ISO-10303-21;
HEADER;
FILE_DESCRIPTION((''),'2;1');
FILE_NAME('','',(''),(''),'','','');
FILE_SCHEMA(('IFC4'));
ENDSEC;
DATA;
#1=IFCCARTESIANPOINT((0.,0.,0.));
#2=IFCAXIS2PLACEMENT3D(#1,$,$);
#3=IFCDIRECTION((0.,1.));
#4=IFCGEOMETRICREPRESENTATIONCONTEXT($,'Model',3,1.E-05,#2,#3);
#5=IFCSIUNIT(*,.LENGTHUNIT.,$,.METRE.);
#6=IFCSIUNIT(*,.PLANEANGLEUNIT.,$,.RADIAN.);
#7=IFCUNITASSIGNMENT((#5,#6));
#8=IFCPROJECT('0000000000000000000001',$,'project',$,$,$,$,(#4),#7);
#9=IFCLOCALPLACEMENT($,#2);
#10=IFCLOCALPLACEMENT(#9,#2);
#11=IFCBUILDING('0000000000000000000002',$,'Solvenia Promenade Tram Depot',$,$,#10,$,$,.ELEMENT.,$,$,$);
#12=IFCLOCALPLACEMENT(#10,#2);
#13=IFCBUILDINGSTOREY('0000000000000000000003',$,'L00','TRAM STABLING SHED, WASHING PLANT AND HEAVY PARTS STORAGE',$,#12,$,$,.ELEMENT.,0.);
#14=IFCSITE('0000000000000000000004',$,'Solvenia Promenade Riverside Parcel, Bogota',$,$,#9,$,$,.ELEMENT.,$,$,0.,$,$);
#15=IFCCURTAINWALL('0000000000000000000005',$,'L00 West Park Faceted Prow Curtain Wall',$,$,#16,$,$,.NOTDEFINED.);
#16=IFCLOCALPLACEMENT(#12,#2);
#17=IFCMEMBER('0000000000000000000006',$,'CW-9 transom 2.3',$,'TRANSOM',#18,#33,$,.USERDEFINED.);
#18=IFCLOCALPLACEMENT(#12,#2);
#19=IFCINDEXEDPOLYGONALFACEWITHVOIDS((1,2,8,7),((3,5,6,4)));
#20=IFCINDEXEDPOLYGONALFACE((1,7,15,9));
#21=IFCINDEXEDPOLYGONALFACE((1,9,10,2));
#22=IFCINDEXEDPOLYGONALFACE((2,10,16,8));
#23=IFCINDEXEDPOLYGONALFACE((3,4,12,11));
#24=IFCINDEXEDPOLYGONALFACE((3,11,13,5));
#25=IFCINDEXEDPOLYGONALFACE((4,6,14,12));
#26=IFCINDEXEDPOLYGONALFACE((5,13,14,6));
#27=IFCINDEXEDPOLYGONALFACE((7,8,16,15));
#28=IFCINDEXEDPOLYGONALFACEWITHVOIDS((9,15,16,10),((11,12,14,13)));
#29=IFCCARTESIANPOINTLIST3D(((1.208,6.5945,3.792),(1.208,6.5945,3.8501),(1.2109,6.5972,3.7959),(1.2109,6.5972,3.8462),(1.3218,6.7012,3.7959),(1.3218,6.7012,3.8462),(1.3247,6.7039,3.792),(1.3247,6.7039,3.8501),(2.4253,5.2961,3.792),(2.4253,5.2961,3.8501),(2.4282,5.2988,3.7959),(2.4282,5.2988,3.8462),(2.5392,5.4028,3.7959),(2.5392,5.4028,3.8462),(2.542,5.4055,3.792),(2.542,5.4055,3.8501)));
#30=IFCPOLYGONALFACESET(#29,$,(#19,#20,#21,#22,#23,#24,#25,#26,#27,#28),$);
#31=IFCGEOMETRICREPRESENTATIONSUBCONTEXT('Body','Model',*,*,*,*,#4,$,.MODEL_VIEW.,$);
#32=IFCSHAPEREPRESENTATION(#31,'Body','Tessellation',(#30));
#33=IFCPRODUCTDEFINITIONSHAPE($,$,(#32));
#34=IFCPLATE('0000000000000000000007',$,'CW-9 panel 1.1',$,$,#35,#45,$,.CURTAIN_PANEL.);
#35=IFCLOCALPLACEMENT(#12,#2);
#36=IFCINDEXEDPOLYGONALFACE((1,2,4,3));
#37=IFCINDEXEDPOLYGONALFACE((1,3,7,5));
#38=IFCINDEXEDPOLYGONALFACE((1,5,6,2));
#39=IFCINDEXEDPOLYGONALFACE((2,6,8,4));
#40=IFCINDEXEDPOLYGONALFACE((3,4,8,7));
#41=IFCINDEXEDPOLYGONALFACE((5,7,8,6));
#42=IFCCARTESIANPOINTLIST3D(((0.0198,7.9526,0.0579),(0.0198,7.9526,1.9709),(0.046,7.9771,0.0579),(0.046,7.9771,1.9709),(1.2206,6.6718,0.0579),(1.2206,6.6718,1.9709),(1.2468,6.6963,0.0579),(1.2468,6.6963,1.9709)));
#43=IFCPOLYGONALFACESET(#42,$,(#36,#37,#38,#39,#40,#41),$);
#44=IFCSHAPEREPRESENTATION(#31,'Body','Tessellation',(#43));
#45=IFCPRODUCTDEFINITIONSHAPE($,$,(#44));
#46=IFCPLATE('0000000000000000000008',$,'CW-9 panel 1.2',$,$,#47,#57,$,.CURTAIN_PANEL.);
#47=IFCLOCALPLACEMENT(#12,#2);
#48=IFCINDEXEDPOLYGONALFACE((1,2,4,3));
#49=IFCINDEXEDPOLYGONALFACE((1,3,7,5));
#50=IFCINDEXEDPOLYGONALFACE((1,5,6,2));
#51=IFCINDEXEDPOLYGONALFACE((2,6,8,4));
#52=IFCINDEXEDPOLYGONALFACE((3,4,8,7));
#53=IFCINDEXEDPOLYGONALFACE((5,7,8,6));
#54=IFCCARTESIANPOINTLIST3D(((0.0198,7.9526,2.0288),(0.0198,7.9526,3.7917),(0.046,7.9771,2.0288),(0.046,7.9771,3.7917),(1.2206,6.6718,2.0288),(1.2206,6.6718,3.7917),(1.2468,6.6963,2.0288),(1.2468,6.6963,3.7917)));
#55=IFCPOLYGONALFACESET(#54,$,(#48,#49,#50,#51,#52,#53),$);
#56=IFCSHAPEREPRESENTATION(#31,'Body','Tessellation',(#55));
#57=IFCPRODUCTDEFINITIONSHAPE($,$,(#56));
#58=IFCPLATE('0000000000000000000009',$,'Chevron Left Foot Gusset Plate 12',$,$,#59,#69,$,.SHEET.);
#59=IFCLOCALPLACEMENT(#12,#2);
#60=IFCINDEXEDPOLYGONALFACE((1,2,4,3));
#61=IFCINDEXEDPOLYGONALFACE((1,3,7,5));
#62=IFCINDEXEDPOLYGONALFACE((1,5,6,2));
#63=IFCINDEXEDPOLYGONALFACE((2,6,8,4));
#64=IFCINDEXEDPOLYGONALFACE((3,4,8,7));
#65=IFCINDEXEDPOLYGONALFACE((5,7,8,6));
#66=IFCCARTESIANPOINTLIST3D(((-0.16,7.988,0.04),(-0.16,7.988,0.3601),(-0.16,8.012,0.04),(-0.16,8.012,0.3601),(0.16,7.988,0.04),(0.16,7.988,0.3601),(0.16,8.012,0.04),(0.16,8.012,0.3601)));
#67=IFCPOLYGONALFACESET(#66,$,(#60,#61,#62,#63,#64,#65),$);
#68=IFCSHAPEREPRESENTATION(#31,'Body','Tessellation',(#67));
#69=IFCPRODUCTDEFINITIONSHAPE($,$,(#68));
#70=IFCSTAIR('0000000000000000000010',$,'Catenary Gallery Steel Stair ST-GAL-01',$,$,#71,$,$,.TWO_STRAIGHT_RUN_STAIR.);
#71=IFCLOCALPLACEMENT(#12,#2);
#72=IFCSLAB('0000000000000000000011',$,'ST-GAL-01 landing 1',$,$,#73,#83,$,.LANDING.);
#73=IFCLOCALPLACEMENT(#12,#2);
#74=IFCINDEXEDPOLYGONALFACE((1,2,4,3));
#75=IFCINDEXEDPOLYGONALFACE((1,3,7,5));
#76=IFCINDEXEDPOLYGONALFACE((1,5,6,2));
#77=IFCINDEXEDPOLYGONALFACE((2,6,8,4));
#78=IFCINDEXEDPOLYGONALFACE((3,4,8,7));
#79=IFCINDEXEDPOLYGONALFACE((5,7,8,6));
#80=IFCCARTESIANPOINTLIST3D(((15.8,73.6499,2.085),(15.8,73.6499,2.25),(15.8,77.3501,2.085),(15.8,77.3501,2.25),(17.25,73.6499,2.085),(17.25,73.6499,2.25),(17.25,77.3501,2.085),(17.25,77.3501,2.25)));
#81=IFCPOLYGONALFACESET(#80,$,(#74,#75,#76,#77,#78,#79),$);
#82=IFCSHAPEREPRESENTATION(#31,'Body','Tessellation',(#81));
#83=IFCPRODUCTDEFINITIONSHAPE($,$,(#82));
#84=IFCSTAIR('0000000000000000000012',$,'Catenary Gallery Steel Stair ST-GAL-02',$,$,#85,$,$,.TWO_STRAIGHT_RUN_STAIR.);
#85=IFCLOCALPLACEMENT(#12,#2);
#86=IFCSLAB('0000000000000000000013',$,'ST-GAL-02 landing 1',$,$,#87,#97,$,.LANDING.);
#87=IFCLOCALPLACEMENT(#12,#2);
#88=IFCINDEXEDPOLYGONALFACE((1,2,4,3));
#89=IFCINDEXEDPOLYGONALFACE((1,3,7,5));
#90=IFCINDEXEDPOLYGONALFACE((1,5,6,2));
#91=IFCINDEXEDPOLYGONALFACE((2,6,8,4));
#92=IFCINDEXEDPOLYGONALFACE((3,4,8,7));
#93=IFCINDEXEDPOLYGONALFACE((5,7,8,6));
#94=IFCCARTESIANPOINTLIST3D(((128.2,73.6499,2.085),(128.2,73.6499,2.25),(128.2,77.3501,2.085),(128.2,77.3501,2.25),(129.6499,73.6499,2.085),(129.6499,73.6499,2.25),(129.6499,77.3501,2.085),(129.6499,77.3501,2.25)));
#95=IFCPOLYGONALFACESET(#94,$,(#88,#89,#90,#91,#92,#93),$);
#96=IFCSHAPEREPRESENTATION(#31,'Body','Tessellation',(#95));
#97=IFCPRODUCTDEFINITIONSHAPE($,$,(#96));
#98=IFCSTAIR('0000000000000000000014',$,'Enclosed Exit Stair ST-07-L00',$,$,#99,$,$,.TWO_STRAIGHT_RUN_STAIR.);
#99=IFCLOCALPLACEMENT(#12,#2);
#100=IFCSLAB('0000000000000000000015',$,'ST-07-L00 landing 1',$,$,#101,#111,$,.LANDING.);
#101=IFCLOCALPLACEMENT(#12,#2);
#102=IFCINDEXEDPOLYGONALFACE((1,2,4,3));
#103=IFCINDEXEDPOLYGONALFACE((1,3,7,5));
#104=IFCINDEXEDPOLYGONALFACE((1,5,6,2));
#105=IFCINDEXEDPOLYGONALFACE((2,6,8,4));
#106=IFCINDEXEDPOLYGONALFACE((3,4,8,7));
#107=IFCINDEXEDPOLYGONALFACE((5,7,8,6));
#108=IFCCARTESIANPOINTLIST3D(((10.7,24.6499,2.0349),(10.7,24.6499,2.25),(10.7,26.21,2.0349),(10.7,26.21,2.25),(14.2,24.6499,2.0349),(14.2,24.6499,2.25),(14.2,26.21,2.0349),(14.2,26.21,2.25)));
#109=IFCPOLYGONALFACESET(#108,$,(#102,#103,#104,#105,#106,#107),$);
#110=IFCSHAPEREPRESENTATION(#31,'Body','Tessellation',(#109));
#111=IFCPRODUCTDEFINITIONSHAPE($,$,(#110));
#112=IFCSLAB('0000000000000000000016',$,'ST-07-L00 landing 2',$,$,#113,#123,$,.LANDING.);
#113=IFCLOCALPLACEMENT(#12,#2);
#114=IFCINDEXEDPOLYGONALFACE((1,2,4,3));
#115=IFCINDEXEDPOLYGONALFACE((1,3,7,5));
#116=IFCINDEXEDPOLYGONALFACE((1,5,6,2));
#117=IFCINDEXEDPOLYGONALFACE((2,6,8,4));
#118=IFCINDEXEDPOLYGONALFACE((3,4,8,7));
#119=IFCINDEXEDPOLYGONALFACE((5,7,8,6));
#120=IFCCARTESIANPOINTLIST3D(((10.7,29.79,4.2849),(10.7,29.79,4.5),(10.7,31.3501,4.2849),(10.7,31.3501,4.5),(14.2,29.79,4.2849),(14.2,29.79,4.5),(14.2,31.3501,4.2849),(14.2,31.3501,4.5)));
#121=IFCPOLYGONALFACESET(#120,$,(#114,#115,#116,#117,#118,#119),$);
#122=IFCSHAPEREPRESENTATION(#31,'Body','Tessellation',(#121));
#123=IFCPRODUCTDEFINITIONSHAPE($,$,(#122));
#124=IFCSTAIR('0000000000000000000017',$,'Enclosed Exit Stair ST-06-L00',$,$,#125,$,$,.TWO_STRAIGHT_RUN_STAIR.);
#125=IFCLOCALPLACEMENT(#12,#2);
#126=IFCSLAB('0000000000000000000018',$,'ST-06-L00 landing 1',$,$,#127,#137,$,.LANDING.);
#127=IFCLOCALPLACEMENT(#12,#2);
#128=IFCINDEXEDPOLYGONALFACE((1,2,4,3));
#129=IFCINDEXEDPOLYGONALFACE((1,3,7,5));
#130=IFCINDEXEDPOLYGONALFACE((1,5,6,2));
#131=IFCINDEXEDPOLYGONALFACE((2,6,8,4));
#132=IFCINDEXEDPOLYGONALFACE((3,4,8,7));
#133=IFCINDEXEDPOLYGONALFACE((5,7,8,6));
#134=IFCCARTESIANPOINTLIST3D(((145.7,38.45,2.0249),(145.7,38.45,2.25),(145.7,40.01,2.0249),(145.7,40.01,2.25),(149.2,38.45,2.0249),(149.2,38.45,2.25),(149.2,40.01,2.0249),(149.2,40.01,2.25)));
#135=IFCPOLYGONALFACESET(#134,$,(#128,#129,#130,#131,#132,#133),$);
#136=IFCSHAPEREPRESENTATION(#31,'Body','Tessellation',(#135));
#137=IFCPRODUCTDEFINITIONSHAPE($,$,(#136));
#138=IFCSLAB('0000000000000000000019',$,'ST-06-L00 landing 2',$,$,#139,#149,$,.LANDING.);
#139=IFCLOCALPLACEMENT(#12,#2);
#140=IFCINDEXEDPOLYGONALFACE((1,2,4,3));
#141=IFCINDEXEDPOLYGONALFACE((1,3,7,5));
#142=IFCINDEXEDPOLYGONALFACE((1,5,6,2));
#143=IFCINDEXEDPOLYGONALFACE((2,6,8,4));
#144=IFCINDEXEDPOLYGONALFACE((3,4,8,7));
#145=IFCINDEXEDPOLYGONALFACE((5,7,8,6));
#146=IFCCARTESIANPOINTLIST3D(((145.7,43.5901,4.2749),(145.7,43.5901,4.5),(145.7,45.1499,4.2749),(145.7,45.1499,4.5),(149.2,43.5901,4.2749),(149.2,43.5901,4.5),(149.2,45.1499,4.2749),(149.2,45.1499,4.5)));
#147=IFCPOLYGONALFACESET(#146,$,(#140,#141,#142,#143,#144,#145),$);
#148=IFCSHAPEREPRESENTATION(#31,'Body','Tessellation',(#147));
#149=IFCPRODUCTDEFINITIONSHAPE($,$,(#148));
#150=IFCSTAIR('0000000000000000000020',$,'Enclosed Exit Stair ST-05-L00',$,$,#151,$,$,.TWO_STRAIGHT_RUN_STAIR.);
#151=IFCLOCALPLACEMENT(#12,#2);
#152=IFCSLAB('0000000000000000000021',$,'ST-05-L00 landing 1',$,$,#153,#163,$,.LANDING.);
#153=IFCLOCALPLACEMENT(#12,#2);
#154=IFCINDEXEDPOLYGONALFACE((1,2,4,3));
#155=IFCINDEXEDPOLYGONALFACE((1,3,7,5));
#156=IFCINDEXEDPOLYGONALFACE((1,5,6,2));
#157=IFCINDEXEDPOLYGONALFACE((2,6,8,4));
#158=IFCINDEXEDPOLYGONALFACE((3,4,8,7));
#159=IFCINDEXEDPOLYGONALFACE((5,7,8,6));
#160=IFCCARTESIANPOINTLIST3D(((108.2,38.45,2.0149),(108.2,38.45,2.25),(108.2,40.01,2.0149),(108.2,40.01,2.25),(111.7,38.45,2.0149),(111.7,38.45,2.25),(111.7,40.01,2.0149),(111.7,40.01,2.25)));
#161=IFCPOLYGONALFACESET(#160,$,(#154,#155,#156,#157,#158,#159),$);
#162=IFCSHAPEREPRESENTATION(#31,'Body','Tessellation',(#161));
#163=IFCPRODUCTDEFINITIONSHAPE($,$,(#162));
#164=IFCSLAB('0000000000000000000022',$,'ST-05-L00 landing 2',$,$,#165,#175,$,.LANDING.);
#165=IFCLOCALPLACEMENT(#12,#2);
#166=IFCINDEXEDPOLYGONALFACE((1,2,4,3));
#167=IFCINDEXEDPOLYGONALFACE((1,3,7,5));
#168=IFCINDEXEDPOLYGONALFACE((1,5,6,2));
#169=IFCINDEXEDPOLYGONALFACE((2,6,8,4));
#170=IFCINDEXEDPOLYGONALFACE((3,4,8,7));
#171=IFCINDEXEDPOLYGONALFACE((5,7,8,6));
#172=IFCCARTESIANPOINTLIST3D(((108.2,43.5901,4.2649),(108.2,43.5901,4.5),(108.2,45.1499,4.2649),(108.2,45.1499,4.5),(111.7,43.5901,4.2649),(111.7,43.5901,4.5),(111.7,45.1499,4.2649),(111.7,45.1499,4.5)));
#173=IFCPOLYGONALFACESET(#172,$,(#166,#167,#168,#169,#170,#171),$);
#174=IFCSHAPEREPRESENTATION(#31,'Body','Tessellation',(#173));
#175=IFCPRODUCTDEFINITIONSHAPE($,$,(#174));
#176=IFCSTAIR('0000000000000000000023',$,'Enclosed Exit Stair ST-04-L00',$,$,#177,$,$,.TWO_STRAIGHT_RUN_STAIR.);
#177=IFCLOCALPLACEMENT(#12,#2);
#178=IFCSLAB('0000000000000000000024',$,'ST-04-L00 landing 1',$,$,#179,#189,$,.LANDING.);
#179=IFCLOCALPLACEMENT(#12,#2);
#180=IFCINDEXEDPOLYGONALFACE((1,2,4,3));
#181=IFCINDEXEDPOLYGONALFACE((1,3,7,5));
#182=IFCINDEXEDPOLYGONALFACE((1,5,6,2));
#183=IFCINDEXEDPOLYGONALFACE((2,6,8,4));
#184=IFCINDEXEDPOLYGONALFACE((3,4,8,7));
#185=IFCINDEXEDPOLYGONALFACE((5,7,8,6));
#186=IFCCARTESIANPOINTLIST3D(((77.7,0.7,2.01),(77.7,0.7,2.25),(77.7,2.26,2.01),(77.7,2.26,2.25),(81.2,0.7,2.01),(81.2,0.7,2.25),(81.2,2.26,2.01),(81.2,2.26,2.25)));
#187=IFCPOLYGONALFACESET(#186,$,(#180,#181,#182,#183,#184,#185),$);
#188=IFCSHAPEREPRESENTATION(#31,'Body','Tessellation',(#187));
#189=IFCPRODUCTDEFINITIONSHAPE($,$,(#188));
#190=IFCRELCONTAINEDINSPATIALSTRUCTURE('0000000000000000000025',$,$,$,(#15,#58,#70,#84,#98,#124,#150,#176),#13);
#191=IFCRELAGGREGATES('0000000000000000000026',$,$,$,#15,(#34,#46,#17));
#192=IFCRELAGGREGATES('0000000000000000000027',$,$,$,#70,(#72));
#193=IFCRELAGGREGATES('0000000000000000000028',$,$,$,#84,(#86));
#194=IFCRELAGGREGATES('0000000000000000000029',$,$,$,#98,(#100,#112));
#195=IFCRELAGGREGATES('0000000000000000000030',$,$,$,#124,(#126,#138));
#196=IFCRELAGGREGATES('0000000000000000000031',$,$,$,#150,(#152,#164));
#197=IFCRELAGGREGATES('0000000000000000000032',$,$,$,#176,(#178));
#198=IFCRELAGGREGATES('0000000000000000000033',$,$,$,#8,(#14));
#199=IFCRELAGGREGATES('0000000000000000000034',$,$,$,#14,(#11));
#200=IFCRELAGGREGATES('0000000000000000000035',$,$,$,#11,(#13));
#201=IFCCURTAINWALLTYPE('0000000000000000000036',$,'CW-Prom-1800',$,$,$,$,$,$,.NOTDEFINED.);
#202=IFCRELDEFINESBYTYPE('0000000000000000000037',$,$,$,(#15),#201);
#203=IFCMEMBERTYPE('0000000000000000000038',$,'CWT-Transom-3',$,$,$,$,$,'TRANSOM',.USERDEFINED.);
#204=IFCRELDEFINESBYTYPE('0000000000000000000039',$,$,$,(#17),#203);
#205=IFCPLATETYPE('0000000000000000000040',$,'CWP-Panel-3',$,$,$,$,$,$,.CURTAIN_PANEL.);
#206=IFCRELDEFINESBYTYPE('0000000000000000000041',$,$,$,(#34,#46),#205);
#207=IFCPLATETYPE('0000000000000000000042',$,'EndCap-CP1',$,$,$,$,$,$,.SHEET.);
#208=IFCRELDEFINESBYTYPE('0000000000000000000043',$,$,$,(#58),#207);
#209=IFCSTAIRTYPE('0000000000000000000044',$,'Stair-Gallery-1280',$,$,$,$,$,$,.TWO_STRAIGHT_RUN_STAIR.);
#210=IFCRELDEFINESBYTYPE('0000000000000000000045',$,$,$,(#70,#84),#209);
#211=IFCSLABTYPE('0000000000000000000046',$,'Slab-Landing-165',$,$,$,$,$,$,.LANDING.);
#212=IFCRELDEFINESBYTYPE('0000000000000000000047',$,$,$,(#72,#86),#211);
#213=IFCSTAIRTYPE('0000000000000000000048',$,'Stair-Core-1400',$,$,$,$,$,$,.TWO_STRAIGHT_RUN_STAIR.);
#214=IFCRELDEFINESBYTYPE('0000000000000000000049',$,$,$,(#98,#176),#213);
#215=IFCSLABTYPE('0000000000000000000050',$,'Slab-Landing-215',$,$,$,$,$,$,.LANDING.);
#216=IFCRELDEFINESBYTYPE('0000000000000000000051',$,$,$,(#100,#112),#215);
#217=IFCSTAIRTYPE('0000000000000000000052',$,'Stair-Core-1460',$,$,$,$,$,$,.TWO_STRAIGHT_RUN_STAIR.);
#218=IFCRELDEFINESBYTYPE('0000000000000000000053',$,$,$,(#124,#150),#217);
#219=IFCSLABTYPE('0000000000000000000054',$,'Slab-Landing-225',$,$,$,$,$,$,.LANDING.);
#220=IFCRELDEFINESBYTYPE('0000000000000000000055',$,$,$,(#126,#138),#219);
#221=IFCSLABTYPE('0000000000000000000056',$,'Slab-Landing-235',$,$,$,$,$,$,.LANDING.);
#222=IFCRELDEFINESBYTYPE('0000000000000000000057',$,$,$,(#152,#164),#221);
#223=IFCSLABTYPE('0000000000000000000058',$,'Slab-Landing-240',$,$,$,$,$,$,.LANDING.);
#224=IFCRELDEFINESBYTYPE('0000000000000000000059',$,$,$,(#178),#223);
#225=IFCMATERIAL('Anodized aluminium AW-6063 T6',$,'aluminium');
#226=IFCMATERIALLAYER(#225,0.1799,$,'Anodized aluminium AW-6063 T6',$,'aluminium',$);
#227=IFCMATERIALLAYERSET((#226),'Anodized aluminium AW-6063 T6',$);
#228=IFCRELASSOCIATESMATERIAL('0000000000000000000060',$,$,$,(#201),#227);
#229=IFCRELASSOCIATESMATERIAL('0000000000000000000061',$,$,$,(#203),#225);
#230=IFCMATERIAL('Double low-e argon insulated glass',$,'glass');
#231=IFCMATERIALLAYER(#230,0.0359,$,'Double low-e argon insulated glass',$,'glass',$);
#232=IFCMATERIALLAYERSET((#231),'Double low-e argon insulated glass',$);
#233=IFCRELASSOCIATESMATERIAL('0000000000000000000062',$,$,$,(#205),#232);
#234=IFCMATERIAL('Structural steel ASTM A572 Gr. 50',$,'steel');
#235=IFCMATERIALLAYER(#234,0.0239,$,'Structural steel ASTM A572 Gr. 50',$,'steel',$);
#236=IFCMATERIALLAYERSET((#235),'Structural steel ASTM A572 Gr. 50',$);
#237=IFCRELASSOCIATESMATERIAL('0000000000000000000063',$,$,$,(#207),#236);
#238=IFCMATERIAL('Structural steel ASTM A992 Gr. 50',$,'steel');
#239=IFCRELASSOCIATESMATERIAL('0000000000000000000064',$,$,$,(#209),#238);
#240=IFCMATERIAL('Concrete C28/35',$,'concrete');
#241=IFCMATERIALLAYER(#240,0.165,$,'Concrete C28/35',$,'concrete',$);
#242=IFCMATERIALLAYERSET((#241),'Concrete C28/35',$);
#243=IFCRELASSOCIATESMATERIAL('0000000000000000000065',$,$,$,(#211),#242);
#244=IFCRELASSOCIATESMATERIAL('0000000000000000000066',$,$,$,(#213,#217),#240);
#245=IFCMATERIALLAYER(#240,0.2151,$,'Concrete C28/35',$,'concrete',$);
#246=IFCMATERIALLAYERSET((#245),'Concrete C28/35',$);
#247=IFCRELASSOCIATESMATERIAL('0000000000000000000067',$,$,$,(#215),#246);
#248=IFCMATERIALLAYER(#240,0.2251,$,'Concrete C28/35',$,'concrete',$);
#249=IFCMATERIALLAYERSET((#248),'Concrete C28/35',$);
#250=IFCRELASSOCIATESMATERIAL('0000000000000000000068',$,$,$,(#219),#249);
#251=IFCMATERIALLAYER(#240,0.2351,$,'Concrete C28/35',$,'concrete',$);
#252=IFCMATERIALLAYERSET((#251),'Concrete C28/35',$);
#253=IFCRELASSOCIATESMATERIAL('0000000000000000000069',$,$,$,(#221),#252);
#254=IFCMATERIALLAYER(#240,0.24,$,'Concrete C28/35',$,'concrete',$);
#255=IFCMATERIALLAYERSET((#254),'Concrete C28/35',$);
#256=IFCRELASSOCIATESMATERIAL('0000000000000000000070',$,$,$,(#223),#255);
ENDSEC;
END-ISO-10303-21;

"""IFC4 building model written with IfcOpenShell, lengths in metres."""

from ifc_helpers import new_model, si_unit, direction, frame, origin, origin_2d, place, context, subcontext, project, spatial, polyline, rectangle, hollow_rectangle, outline, extrude, material, layer, layer_set, material_profile, profile_set, type_object, element, aggregate, save


model = new_model("IFC4")

# Units and contexts
model_context = context("Model", 3, precision=1e-05, world=origin(), true_north=direction((0.0, 1.0)))
body_context = subcontext(model_context, "Body", "Model", "MODEL_VIEW")
ifc_project = project(units=[si_unit("LENGTHUNIT", "METRE"), si_unit("PLANEANGLEUNIT", "RADIAN")], contexts=[model_context])

# Site, building, storey
site_placement = place(None, origin())
site = spatial("IfcSite", under=ifc_project, at=site_placement, Name="Solvenia Promenade Riverside Parcel, Bogota", CompositionType="ELEMENT", RefElevation=0.0)
building_placement = place(site_placement, origin())
building = spatial("IfcBuilding", under=site, at=building_placement, Name="Solvenia Promenade Tram Depot", CompositionType="ELEMENT")
storey_placement = place(building_placement, origin())
storey = spatial("IfcBuildingStorey", under=building, at=storey_placement, Name="L00", Description="TRAM STABLING SHED, WASHING PLANT AND HEAVY PARTS STORAGE", CompositionType="ELEMENT", Elevation=0.0)

# Shared definitions
ifc_material_1 = material(Name="Concrete C28/35", Category="concrete")

# Shared definitions
ifc_material_2 = material(Name="Structural steel ASTM A992 Gr. 50", Category="steel")

# Curtain wall, member, plates
ifc_material_3 = material(Name="Anodized aluminium AW-6063 T6", Category="aluminium")
ifc_layer_1 = layer(ifc_material_3, 0.1799, Name="Anodized aluminium AW-6063 T6", Category="aluminium")
ifc_layer_set_1 = layer_set([ifc_layer_1], Name="Anodized aluminium AW-6063 T6")
curtain_wall_type = type_object("IfcCurtainWallType", Name="CW-Prom-1800", PredefinedType="NOTDEFINED", material=ifc_layer_set_1)
curtain_wall_placement = place(storey_placement, origin())
curtain_wall = element("IfcCurtainWall", 1, at=curtain_wall_placement, inside=storey, type_object=curtain_wall_type, Name="L00 West Park Faceted Prow Curtain Wall", PredefinedType="NOTDEFINED")
ifc_material_profile_1 = material_profile(ifc_material_3, hollow_rectangle(XDim=0.1599, YDim=0.0581, WallThickness=0.0039, at=origin_2d()), Name="ALU-T3", Category="aluminium")
ifc_profile_set_1 = profile_set([ifc_material_profile_1], Name="Anodized aluminium AW-6063 T6")
member_type_1 = type_object("IfcMemberType", Name="CWT-Transom-3", ElementType="TRANSOM", PredefinedType="USERDEFINED", material=ifc_profile_set_1)
member_1_placement = place(storey_placement, frame((1.2664, 6.6492, 3.821), z_axis=(0.683969, -0.729512, 0.0), x_axis=(0.729512, 0.683969, 0.0)))
member_1 = element("IfcMember", 2, at=member_1_placement, type_object=member_type_1, Name="CW-9 transom 2.3", ObjectType="TRANSOM", PredefinedType="USERDEFINED", context=body_context, shape_type="SweptSolid", body=[
    extrude(hollow_rectangle(XDim=0.1599, YDim=0.0581, WallThickness=0.0039, at=origin_2d()), origin(), (0.0, 0.0, 1.0), 1.7798),
])
ifc_material_4 = material(Name="Double low-e argon insulated glass", Category="glass")
ifc_layer_2 = layer(ifc_material_4, 0.0359, Name="Double low-e argon insulated glass", Category="glass")
ifc_layer_set_2 = layer_set([ifc_layer_2], Name="Double low-e argon insulated glass")
plate_type_1 = type_object("IfcPlateType", Name="CWP-Panel-3", PredefinedType="CURTAIN_PANEL", material=ifc_layer_set_2)
plate_1_placement = place(storey_placement, frame((0.6333, 7.3245, 0.0579), z_axis=(0.0, 0.0, 1.0), x_axis=(0.683941, -0.729537, 0.0)))
plate_1 = element("IfcPlate", 3, at=plate_1_placement, type_object=plate_type_1, Name="CW-9 panel 1.1", PredefinedType="CURTAIN_PANEL", context=body_context, shape_type="SweptSolid", body=[
    extrude(rectangle(XDim=1.7556, YDim=0.0359, at=origin_2d()), origin(), (0.0, 0.0, 1.0), 1.9131),
])
plate_2_placement = place(storey_placement, frame((0.6333, 7.3245, 2.0288), z_axis=(0.0, 0.0, 1.0), x_axis=(0.683941, -0.729537, 0.0)))
plate_2 = element("IfcPlate", 4, at=plate_2_placement, type_object=plate_type_1, Name="CW-9 panel 1.2", PredefinedType="CURTAIN_PANEL", context=body_context, shape_type="SweptSolid", body=[
    extrude(rectangle(XDim=1.7556, YDim=0.0359, at=origin_2d()), origin(), (0.0, 0.0, 1.0), 1.7629),
])
aggregate(curtain_wall, [plate_1, plate_2, member_1])

# Plate
ifc_material_5 = material(Name="Structural steel ASTM A572 Gr. 50", Category="steel")
ifc_layer_3 = layer(ifc_material_5, 0.0239, Name="Structural steel ASTM A572 Gr. 50", Category="steel")
ifc_layer_set_3 = layer_set([ifc_layer_3], Name="Structural steel ASTM A572 Gr. 50")
plate_type_2 = type_object("IfcPlateType", Name="EndCap-CP1", PredefinedType="SHEET", material=ifc_layer_set_3)
plate_3_placement = place(storey_placement, frame((0.0, 8.0, 0.04), z_axis=(0.0, 0.0, 1.0), x_axis=(1.0, 0.0, 0.0)))
element("IfcPlate", 5, at=plate_3_placement, inside=storey, type_object=plate_type_2, Name="Chevron Left Foot Gusset Plate 12", PredefinedType="SHEET", context=body_context, shape_type="SweptSolid", body=[
    extrude(rectangle(XDim=0.3201, YDim=0.0239, at=origin_2d()), origin(), (0.0, 0.0, 1.0), 0.3201),
])

# Stairs, slabs
stair_type_1 = type_object("IfcStairType", Name="Stair-Gallery-1280", PredefinedType="TWO_STRAIGHT_RUN_STAIR", material=ifc_material_2)
stair_1_placement = place(storey_placement, origin())
stair_1 = element("IfcStair", 6, at=stair_1_placement, inside=storey, type_object=stair_type_1, Name="Catenary Gallery Steel Stair ST-GAL-01", PredefinedType="TWO_STRAIGHT_RUN_STAIR")
ifc_layer_4 = layer(ifc_material_1, 0.165, Name="Concrete C28/35", Category="concrete")
ifc_layer_set_4 = layer_set([ifc_layer_4], Name="Concrete C28/35")
slab_type_1 = type_object("IfcSlabType", Name="Slab-Landing-165", PredefinedType="LANDING", material=ifc_layer_set_4)
slab_1_placement = place(storey_placement, frame((0.0, 0.0, 2.085)))
slab_1 = element("IfcSlab", 7, at=slab_1_placement, type_object=slab_type_1, Name="ST-GAL-01 landing 1", PredefinedType="LANDING", context=body_context, shape_type="SweptSolid", body=[
    extrude(outline(polyline([(15.8, 73.6499), (17.25, 73.6499), (17.25, 77.3501), (15.8, 77.3501), (15.8, 73.6499)])), origin(), (0.0, 0.0, 1.0), 0.165),
])
aggregate(stair_1, [slab_1])
stair_2_placement = place(storey_placement, origin())
stair_2 = element("IfcStair", 8, at=stair_2_placement, inside=storey, type_object=stair_type_1, Name="Catenary Gallery Steel Stair ST-GAL-02", PredefinedType="TWO_STRAIGHT_RUN_STAIR")
slab_2_placement = place(storey_placement, frame((0.0, 0.0, 2.085)))
slab_2 = element("IfcSlab", 9, at=slab_2_placement, type_object=slab_type_1, Name="ST-GAL-02 landing 1", PredefinedType="LANDING", context=body_context, shape_type="SweptSolid", body=[
    extrude(outline(polyline([(128.2, 73.6499), (129.6499, 73.6499), (129.6499, 77.3501), (128.2, 77.3501), (128.2, 73.6499)])), origin(), (0.0, 0.0, 1.0), 0.165),
])
aggregate(stair_2, [slab_2])

# Stairs, slabs
stair_type_2 = type_object("IfcStairType", Name="Stair-Core-1400", PredefinedType="TWO_STRAIGHT_RUN_STAIR", material=ifc_material_1)
stair_3_placement = place(storey_placement, origin())
stair_3 = element("IfcStair", 10, at=stair_3_placement, inside=storey, type_object=stair_type_2, Name="Enclosed Exit Stair ST-07-L00", PredefinedType="TWO_STRAIGHT_RUN_STAIR")
ifc_layer_5 = layer(ifc_material_1, 0.2151, Name="Concrete C28/35", Category="concrete")
ifc_layer_set_5 = layer_set([ifc_layer_5], Name="Concrete C28/35")
slab_type_2 = type_object("IfcSlabType", Name="Slab-Landing-215", PredefinedType="LANDING", material=ifc_layer_set_5)
slab_3_placement = place(storey_placement, frame((0.0, 0.0, 2.0349)))
slab_3 = element("IfcSlab", 11, at=slab_3_placement, type_object=slab_type_2, Name="ST-07-L00 landing 1", PredefinedType="LANDING", context=body_context, shape_type="SweptSolid", body=[
    extrude(outline(polyline([(10.7, 24.6499), (14.2, 24.6499), (14.2, 26.21), (10.7, 26.21), (10.7, 24.6499)])), origin(), (0.0, 0.0, 1.0), 0.2151),
])
slab_4_placement = place(storey_placement, frame((0.0, 0.0, 4.2849)))
slab_4 = element("IfcSlab", 12, at=slab_4_placement, type_object=slab_type_2, Name="ST-07-L00 landing 2", PredefinedType="LANDING", context=body_context, shape_type="SweptSolid", body=[
    extrude(outline(polyline([(10.7, 29.79), (14.2, 29.79), (14.2, 31.3501), (10.7, 31.3501), (10.7, 29.79)])), origin(), (0.0, 0.0, 1.0), 0.2151),
])
aggregate(stair_3, [slab_3, slab_4])
stair_type_3 = type_object("IfcStairType", Name="Stair-Core-1460", PredefinedType="TWO_STRAIGHT_RUN_STAIR", material=ifc_material_1)
stair_4_placement = place(storey_placement, origin())
stair_4 = element("IfcStair", 13, at=stair_4_placement, inside=storey, type_object=stair_type_3, Name="Enclosed Exit Stair ST-06-L00", PredefinedType="TWO_STRAIGHT_RUN_STAIR")
ifc_layer_6 = layer(ifc_material_1, 0.2251, Name="Concrete C28/35", Category="concrete")
ifc_layer_set_6 = layer_set([ifc_layer_6], Name="Concrete C28/35")
slab_type_3 = type_object("IfcSlabType", Name="Slab-Landing-225", PredefinedType="LANDING", material=ifc_layer_set_6)
slab_5_placement = place(storey_placement, frame((0.0, 0.0, 2.0249)))
slab_5 = element("IfcSlab", 14, at=slab_5_placement, type_object=slab_type_3, Name="ST-06-L00 landing 1", PredefinedType="LANDING", context=body_context, shape_type="SweptSolid", body=[
    extrude(outline(polyline([(145.7, 38.45), (149.2, 38.45), (149.2, 40.01), (145.7, 40.01), (145.7, 38.45)])), origin(), (0.0, 0.0, 1.0), 0.2251),
])
slab_6_placement = place(storey_placement, frame((0.0, 0.0, 4.2749)))
slab_6 = element("IfcSlab", 15, at=slab_6_placement, type_object=slab_type_3, Name="ST-06-L00 landing 2", PredefinedType="LANDING", context=body_context, shape_type="SweptSolid", body=[
    extrude(outline(polyline([(145.7, 43.5901), (149.2, 43.5901), (149.2, 45.1499), (145.7, 45.1499), (145.7, 43.5901)])), origin(), (0.0, 0.0, 1.0), 0.2251),
])
aggregate(stair_4, [slab_5, slab_6])
stair_5_placement = place(storey_placement, origin())
stair_5 = element("IfcStair", 16, at=stair_5_placement, inside=storey, type_object=stair_type_3, Name="Enclosed Exit Stair ST-05-L00", PredefinedType="TWO_STRAIGHT_RUN_STAIR")
ifc_layer_7 = layer(ifc_material_1, 0.2351, Name="Concrete C28/35", Category="concrete")
ifc_layer_set_7 = layer_set([ifc_layer_7], Name="Concrete C28/35")
slab_type_4 = type_object("IfcSlabType", Name="Slab-Landing-235", PredefinedType="LANDING", material=ifc_layer_set_7)
slab_7_placement = place(storey_placement, frame((0.0, 0.0, 2.0149)))
slab_7 = element("IfcSlab", 17, at=slab_7_placement, type_object=slab_type_4, Name="ST-05-L00 landing 1", PredefinedType="LANDING", context=body_context, shape_type="SweptSolid", body=[
    extrude(outline(polyline([(108.2, 38.45), (111.7, 38.45), (111.7, 40.01), (108.2, 40.01), (108.2, 38.45)])), origin(), (0.0, 0.0, 1.0), 0.2351),
])
slab_8_placement = place(storey_placement, frame((0.0, 0.0, 4.2649)))
slab_8 = element("IfcSlab", 18, at=slab_8_placement, type_object=slab_type_4, Name="ST-05-L00 landing 2", PredefinedType="LANDING", context=body_context, shape_type="SweptSolid", body=[
    extrude(outline(polyline([(108.2, 43.5901), (111.7, 43.5901), (111.7, 45.1499), (108.2, 45.1499), (108.2, 43.5901)])), origin(), (0.0, 0.0, 1.0), 0.2351),
])
aggregate(stair_5, [slab_7, slab_8])
stair_6_placement = place(storey_placement, origin())
stair_6 = element("IfcStair", 19, at=stair_6_placement, inside=storey, type_object=stair_type_2, Name="Enclosed Exit Stair ST-04-L00", PredefinedType="TWO_STRAIGHT_RUN_STAIR")
ifc_layer_8 = layer(ifc_material_1, 0.24, Name="Concrete C28/35", Category="concrete")
ifc_layer_set_8 = layer_set([ifc_layer_8], Name="Concrete C28/35")
slab_type_5 = type_object("IfcSlabType", Name="Slab-Landing-240", PredefinedType="LANDING", material=ifc_layer_set_8)
slab_9_placement = place(storey_placement, frame((0.0, 0.0, 2.01)))
slab_9 = element("IfcSlab", 20, at=slab_9_placement, type_object=slab_type_5, Name="ST-04-L00 landing 1", PredefinedType="LANDING", context=body_context, shape_type="SweptSolid", body=[
    extrude(outline(polyline([(77.7, 0.7), (81.2, 0.7), (81.2, 2.26), (77.7, 2.26), (77.7, 0.7)])), origin(), (0.0, 0.0, 1.0), 0.24),
])
aggregate(stair_6, [slab_9])

save(model, "model.ifc")
